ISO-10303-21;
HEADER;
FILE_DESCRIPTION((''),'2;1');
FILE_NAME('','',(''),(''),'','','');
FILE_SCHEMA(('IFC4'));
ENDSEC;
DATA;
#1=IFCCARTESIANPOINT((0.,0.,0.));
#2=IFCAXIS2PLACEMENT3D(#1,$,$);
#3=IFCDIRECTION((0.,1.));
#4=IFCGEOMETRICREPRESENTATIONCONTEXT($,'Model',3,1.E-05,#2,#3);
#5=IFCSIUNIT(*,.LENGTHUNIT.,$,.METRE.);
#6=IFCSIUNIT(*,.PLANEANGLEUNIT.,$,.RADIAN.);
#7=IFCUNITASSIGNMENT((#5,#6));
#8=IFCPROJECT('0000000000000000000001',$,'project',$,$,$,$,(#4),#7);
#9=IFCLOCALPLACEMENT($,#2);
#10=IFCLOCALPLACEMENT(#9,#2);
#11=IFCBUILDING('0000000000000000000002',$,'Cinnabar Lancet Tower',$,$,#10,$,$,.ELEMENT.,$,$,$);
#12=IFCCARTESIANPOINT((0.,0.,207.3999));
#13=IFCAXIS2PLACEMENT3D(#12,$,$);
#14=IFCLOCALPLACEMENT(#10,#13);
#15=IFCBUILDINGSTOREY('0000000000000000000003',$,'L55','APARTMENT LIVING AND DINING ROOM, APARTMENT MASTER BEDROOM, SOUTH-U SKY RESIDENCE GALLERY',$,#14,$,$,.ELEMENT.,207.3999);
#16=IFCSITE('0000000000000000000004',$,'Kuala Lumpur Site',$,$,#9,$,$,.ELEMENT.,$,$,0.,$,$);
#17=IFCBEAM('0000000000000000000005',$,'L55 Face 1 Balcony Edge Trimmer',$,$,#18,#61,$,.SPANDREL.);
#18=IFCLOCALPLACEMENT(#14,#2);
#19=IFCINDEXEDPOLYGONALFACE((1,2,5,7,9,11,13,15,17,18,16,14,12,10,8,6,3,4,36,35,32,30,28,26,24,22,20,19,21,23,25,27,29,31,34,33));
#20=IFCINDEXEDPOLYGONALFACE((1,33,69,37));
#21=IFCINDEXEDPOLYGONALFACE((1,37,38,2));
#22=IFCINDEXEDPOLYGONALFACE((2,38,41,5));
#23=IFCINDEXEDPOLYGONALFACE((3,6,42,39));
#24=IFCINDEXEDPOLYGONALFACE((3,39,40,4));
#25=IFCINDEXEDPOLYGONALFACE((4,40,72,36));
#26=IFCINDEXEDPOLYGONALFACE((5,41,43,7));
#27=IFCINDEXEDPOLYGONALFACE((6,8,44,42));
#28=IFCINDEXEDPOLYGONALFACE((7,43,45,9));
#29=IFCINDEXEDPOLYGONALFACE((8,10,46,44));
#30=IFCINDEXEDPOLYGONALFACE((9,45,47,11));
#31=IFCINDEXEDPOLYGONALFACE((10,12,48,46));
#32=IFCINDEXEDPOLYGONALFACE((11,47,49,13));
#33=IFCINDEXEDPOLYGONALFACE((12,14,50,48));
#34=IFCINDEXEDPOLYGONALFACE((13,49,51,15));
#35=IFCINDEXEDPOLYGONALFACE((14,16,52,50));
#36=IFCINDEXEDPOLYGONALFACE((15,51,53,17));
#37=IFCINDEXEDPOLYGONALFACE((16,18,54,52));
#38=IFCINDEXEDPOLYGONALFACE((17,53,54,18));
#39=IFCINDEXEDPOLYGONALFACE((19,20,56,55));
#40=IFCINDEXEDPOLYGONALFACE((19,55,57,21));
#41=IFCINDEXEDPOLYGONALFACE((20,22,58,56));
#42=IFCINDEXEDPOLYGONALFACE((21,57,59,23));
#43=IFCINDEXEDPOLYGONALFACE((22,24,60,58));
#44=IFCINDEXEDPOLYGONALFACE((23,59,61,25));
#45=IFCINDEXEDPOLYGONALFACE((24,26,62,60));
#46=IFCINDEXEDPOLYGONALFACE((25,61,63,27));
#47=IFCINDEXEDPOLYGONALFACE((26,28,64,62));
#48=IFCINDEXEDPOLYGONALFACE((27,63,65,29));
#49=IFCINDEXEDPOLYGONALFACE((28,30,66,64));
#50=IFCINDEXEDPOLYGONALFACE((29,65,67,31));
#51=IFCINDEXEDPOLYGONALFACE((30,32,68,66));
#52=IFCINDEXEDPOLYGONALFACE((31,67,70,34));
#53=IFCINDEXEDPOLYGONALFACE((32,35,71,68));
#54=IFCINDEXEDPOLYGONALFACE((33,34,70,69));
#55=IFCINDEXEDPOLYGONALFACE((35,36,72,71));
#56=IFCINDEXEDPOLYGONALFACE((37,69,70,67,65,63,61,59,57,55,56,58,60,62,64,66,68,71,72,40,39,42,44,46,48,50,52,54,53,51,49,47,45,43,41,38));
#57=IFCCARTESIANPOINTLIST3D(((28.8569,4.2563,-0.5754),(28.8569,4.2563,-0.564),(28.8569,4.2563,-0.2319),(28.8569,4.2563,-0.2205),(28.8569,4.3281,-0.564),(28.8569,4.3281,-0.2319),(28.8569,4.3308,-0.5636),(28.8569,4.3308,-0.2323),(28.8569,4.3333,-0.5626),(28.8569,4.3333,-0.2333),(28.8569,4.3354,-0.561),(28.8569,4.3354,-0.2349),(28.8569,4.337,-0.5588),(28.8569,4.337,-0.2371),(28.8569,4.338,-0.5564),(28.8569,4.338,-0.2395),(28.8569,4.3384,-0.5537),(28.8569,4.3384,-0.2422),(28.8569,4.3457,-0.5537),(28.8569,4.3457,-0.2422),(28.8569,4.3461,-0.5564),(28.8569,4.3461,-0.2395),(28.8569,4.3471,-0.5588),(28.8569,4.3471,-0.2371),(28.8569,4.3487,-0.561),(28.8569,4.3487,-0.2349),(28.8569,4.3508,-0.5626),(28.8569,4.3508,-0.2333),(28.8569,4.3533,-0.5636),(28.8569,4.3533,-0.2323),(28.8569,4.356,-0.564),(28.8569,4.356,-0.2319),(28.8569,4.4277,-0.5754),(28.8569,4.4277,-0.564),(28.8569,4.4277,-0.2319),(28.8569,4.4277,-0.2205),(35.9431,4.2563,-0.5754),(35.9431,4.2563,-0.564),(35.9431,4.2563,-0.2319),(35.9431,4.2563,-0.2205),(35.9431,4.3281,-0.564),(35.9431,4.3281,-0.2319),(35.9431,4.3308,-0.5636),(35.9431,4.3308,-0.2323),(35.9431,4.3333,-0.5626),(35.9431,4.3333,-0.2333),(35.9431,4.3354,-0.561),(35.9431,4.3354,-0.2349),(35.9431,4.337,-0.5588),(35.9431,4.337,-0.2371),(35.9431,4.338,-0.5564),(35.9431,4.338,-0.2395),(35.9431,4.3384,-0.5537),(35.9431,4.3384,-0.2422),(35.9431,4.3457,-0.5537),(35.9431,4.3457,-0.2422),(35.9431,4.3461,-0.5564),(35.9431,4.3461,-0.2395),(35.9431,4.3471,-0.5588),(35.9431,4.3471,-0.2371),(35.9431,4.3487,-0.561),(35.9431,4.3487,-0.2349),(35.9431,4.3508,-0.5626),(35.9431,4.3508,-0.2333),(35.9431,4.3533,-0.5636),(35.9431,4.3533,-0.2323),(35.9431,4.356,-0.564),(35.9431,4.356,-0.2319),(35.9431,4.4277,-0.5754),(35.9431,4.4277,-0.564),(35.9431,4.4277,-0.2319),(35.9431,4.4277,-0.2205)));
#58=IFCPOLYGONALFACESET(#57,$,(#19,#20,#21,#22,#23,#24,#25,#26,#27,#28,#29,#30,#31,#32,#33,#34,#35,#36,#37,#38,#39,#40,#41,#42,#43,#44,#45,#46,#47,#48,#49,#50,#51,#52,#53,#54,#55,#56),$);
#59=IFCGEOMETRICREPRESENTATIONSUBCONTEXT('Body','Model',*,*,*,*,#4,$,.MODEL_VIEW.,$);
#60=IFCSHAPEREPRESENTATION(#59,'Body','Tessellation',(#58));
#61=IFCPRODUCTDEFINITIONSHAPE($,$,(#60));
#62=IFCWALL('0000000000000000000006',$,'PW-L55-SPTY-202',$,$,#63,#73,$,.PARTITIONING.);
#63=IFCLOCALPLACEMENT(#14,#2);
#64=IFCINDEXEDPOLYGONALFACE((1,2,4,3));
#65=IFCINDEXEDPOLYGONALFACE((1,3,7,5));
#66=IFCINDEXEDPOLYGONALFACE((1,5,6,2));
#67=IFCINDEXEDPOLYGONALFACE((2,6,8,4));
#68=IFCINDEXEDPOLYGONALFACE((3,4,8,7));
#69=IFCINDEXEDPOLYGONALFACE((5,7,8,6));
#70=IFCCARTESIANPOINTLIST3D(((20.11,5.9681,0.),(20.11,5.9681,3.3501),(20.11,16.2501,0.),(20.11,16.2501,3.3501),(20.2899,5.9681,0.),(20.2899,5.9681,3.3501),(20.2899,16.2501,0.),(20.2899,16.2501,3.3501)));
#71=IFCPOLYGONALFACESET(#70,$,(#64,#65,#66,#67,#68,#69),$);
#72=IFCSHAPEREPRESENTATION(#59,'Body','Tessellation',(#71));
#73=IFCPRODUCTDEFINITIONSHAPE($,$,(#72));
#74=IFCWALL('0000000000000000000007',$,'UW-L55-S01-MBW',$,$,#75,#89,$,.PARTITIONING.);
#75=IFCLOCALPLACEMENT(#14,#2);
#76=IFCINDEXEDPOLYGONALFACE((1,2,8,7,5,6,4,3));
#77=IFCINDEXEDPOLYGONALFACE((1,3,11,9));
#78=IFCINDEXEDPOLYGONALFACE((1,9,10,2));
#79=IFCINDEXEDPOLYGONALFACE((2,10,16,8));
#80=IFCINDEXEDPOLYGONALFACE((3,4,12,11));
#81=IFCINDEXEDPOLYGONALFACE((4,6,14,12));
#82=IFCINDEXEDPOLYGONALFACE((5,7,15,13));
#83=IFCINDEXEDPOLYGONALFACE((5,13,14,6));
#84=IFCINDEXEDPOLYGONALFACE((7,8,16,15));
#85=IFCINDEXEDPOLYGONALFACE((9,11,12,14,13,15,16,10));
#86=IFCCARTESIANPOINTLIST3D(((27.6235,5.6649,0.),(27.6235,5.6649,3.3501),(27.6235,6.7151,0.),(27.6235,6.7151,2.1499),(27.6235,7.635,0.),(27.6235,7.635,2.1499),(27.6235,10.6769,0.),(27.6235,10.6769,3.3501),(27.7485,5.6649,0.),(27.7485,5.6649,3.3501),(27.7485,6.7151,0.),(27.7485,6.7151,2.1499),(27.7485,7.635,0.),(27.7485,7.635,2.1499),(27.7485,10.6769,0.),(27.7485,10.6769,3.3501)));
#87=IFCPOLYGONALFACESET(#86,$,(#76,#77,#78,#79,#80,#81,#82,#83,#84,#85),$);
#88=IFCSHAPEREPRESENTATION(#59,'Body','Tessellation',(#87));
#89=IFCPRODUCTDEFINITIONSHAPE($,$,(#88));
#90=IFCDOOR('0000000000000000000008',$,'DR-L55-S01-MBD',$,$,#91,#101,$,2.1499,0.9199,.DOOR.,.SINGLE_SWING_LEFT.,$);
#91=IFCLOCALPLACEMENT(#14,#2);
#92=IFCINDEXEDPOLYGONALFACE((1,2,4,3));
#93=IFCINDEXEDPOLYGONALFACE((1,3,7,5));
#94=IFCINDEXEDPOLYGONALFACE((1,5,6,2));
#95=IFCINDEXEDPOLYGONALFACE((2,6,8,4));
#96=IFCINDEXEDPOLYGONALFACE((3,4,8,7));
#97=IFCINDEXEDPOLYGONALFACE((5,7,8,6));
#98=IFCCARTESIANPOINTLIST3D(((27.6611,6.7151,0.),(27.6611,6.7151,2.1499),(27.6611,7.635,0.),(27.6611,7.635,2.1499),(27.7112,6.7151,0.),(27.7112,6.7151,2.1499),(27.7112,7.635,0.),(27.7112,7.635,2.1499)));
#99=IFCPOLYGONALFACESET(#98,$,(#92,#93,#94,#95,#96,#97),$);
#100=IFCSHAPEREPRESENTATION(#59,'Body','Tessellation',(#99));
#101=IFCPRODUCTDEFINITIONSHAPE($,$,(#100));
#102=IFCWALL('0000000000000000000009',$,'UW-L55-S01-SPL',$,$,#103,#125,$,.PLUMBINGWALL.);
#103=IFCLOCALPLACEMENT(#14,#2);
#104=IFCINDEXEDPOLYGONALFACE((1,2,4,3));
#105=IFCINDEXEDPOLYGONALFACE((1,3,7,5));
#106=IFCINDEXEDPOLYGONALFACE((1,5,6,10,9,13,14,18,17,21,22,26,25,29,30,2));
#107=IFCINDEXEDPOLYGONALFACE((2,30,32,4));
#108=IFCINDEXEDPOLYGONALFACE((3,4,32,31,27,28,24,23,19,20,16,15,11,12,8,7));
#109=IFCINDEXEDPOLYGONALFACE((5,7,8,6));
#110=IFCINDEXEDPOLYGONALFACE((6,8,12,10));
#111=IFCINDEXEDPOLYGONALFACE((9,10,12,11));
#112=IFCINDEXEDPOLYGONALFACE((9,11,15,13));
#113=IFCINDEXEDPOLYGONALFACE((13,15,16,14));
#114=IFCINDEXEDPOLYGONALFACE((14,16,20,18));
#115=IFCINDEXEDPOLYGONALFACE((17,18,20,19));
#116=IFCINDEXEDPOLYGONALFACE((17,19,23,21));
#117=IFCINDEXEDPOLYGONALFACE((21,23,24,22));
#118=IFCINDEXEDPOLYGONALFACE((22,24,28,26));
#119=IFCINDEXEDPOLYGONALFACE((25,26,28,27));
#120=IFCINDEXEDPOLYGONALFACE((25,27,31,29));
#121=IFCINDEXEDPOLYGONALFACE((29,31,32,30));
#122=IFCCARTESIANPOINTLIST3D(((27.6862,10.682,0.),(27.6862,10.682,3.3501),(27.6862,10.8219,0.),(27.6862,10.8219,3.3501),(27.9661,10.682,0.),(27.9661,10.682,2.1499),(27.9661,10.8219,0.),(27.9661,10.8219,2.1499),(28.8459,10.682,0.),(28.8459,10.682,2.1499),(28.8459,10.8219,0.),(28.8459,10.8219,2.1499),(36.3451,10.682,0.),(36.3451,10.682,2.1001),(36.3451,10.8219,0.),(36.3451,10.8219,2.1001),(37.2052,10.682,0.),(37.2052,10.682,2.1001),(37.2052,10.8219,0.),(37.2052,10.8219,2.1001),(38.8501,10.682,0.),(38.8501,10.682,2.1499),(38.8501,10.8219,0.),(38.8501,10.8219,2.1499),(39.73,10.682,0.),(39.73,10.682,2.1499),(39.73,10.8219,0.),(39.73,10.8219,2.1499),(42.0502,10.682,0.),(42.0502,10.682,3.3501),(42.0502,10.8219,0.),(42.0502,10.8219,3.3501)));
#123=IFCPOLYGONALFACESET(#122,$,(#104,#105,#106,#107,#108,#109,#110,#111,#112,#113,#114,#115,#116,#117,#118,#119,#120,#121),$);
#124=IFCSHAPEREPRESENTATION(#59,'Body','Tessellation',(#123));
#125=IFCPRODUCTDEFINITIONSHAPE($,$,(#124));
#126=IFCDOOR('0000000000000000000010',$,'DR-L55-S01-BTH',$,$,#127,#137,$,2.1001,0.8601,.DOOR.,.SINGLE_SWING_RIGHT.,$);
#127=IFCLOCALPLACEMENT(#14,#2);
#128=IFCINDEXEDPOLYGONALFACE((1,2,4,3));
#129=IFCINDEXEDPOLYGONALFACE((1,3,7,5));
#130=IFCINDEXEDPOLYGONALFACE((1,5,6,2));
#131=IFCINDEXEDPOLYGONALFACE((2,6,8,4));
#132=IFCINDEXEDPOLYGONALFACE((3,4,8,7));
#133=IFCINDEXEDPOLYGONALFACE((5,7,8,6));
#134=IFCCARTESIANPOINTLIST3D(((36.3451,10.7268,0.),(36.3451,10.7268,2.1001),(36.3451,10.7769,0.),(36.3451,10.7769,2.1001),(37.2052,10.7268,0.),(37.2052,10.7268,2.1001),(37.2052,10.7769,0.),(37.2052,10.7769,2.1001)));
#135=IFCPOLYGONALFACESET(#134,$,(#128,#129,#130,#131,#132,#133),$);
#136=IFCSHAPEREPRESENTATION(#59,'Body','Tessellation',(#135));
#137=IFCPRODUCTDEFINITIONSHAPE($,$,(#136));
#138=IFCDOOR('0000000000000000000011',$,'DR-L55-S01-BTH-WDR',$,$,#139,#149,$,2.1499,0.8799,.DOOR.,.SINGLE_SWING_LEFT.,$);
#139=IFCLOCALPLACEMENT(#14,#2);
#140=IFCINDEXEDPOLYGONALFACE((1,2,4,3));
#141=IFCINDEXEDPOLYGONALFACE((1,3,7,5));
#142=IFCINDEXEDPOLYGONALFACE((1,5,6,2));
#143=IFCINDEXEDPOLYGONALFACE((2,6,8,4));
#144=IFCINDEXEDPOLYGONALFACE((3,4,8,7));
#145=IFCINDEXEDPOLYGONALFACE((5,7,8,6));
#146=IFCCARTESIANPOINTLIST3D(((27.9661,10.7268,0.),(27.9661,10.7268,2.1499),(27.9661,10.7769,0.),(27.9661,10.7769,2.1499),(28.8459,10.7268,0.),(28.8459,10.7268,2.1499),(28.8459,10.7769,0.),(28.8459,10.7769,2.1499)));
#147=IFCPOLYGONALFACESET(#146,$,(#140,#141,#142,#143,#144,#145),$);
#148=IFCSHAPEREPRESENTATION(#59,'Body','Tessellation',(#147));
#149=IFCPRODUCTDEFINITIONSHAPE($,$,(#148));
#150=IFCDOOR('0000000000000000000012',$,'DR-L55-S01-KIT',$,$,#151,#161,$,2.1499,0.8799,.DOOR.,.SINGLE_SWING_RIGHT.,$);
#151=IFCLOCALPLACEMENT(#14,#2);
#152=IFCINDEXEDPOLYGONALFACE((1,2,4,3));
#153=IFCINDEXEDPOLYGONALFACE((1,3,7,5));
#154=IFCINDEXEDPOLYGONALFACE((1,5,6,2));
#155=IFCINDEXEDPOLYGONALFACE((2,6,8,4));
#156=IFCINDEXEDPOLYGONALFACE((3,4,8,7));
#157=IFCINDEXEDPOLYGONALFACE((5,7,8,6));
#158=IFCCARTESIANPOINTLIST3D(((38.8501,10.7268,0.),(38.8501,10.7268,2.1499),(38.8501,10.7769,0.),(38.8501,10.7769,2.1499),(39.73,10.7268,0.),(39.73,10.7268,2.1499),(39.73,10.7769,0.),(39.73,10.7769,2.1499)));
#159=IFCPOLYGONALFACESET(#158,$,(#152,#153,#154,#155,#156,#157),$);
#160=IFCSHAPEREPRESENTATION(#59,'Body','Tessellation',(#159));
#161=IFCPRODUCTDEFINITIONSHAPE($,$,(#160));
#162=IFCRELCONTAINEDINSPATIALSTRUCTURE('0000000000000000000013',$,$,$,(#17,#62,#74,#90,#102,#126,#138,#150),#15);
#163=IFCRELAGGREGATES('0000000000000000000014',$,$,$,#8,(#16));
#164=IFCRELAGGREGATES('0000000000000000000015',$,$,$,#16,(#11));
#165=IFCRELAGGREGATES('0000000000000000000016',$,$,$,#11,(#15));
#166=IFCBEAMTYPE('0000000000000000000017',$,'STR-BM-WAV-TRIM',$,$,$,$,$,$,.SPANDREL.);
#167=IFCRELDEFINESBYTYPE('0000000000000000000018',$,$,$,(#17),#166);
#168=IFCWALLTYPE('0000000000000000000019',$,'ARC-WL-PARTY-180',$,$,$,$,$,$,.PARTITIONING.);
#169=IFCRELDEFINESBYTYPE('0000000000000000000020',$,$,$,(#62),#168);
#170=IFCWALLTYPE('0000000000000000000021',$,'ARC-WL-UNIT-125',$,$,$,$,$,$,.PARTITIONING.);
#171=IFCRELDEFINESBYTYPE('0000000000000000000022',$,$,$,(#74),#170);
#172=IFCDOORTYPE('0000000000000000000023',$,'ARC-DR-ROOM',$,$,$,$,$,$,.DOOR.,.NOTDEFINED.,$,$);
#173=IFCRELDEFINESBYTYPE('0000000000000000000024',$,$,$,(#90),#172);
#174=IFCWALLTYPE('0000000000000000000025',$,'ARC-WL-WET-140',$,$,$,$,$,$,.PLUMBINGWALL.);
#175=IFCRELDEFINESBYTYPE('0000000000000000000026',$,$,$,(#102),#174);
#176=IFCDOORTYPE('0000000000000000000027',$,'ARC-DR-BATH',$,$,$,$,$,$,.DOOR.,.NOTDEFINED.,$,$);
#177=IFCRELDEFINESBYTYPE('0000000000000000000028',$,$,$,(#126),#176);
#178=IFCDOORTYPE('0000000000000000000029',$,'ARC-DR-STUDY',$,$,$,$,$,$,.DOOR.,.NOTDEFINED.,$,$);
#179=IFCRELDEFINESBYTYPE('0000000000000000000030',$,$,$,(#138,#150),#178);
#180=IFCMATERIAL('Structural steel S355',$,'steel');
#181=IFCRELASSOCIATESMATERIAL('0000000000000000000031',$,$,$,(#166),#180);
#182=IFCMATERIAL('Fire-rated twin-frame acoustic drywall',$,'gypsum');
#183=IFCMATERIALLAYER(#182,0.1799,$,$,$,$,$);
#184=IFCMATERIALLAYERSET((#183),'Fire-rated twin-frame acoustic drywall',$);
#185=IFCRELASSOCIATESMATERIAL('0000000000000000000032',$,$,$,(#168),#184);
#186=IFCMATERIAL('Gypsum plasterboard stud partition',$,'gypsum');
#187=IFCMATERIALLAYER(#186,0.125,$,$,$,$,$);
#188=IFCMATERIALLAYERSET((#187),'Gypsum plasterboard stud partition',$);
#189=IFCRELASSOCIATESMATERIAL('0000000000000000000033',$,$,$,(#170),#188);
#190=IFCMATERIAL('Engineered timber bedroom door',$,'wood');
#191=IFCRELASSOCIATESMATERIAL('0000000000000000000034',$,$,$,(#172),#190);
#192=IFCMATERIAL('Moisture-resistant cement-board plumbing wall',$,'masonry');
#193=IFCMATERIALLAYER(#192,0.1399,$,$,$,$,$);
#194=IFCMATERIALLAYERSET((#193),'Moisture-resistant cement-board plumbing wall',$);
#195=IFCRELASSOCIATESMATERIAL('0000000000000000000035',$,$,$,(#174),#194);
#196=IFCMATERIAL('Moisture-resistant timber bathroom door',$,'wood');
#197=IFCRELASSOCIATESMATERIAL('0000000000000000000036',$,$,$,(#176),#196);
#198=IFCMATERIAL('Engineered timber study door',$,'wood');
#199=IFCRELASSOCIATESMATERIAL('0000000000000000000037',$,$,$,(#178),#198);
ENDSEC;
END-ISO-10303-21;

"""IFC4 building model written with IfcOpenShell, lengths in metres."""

from ifc_helpers import new_model, si_unit, direction, frame, frame_2d, origin, origin_2d, place, context, subcontext, project, spatial, rectangle, i_section, extrude, material, layer, layer_set, material_profile, profile_set, type_object, element, fill, save


model = new_model("IFC4")

# Units and contexts
model_context = context("Model", 3, precision=1e-05, world=origin(), true_north=direction((0.0, 1.0)))
body_context = subcontext(model_context, "Body", "Model", "MODEL_VIEW")
ifc_project = project(units=[si_unit("LENGTHUNIT", "METRE"), si_unit("PLANEANGLEUNIT", "RADIAN")], contexts=[model_context])

# Site, building, storey
site_placement = place(None, origin())
site = spatial("IfcSite", under=ifc_project, at=site_placement, Name="Kuala Lumpur Site", CompositionType="ELEMENT", RefElevation=0.0)
building_placement = place(site_placement, origin())
building = spatial("IfcBuilding", under=site, at=building_placement, Name="Cinnabar Lancet Tower", CompositionType="ELEMENT")
storey_placement = place(building_placement, frame((0.0, 0.0, 207.3999)))
storey = spatial("IfcBuildingStorey", under=building, at=storey_placement, Name="L55", Description="APARTMENT LIVING AND DINING ROOM, APARTMENT MASTER BEDROOM, SOUTH-U SKY RESIDENCE GALLERY", CompositionType="ELEMENT", Elevation=207.3999)

# Beam
ifc_material_1 = material(Name="Structural steel S355", Category="steel")
ifc_material_profile_1 = material_profile(ifc_material_1, i_section(OverallWidth=0.1714, OverallDepth=0.355, WebThickness=0.0073, FlangeThickness=0.0115, FilletRadius=0.0103, at=origin_2d()), Name="UKB 356x171x51")
ifc_profile_set_1 = profile_set([ifc_material_profile_1], Name="Structural steel S355")
beam_type_1 = type_object("IfcBeamType", Name="STR-BM-WAV-TRIM", PredefinedType="SPANDREL", material=ifc_profile_set_1)
beam_1_placement = place(storey_placement, frame((28.8569, 4.342, -0.3979), z_axis=(1.0, 0.0, 0.0), x_axis=(0.0, 1.0, 0.0)))
element("IfcBeam", 1, at=beam_1_placement, inside=storey, type_object=beam_type_1, Name="L55 Face 1 Balcony Edge Trimmer", PredefinedType="SPANDREL", context=body_context, shape_type="SweptSolid", body=[
    extrude(i_section(OverallWidth=0.1714, OverallDepth=0.355, WebThickness=0.0073, FlangeThickness=0.0115, FilletRadius=0.0103, at=origin_2d()), origin(), (0.0, 0.0, 1.0), 7.0862),
])

# Wall
ifc_material_2 = material(Name="Fire-rated twin-frame acoustic drywall", Category="gypsum")
ifc_layer_1 = layer(ifc_material_2, 0.1799)
ifc_layer_set_1 = layer_set([ifc_layer_1], Name="Fire-rated twin-frame acoustic drywall")
wall_type_1 = type_object("IfcWallType", Name="ARC-WL-PARTY-180", PredefinedType="PARTITIONING", material=ifc_layer_set_1)
wall_1_placement = place(storey_placement, frame((20.2, 5.968, 0.0), z_axis=(0.0, 0.0, 1.0), x_axis=(0.0, 1.0, 0.0)))
element("IfcWall", 2, at=wall_1_placement, inside=storey, type_object=wall_type_1, Name="PW-L55-SPTY-202", PredefinedType="PARTITIONING", context=body_context, shape_type="SweptSolid", body=[
    extrude(rectangle(XDim=10.282, YDim=0.1799, at=frame_2d((5.1411, 0.0))), origin(), (0.0, 0.0, 1.0), 3.3501),
])

# Wall, opening, door
ifc_material_3 = material(Name="Gypsum plasterboard stud partition", Category="gypsum")
ifc_layer_2 = layer(ifc_material_3, 0.125)
ifc_layer_set_2 = layer_set([ifc_layer_2], Name="Gypsum plasterboard stud partition")
wall_type_2 = type_object("IfcWallType", Name="ARC-WL-UNIT-125", PredefinedType="PARTITIONING", material=ifc_layer_set_2)
wall_2_placement = place(storey_placement, frame((27.686, 5.665, 0.0), z_axis=(0.0, 0.0, 1.0), x_axis=(0.0, 1.0, 0.0)))
wall_2 = element("IfcWall", 3, at=wall_2_placement, inside=storey, type_object=wall_type_2, Name="UW-L55-S01-MBW", PredefinedType="PARTITIONING", context=body_context, shape_type="SweptSolid", body=[
    extrude(rectangle(XDim=5.012, YDim=0.125, at=frame_2d((2.5059, 0.0))), origin(), (0.0, 0.0, 1.0), 3.3501),
])
opening_1_placement = place(wall_2_placement, frame((1.05, 0.0, 0.0)))
opening_1 = element("IfcOpeningElement", 4, at=opening_1_placement, cuts=wall_2, PredefinedType="OPENING", context=body_context, shape_type="SweptSolid", body=[
    extrude(rectangle(XDim=0.9199, YDim=2.1499, at=frame_2d((0.46, 1.075))), frame((0.0, 0.0725, 0.0), z_axis=(0.0, -1.0, 0.0), x_axis=(1.0, 0.0, 0.0)), (0.0, 0.0, 1.0), 0.145),
])
ifc_material_4 = material(Name="Engineered timber bedroom door", Category="wood")
door_type_1 = type_object("IfcDoorType", Name="ARC-DR-ROOM", OperationType="NOTDEFINED", PredefinedType="DOOR", material=ifc_material_4)
door_1_placement = place(opening_1_placement, origin())
door_1 = element("IfcDoor", 5, at=door_1_placement, inside=storey, type_object=door_type_1, Name="DR-L55-S01-MBD", OperationType="SINGLE_SWING_LEFT", OverallHeight=2.1499, OverallWidth=0.9199, PredefinedType="DOOR", context=body_context, shape_type="SweptSolid", body=[
    extrude(rectangle(XDim=0.9199, YDim=2.1499, at=frame_2d((0.46, 1.075))), frame((0.0, 0.0249, 0.0), z_axis=(0.0, -1.0, 0.0), x_axis=(1.0, 0.0, 0.0)), (0.0, 0.0, 1.0), 0.05),
])
fill(opening_1, door_1)

# Wall, openings, doors
ifc_material_5 = material(Name="Moisture-resistant cement-board plumbing wall", Category="masonry")
ifc_layer_3 = layer(ifc_material_5, 0.1399)
ifc_layer_set_3 = layer_set([ifc_layer_3], Name="Moisture-resistant cement-board plumbing wall")
wall_type_3 = type_object("IfcWallType", Name="ARC-WL-WET-140", PredefinedType="PLUMBINGWALL", material=ifc_layer_set_3)
wall_3_placement = place(storey_placement, frame((27.686, 10.752, 0.0), z_axis=(0.0, 0.0, 1.0), x_axis=(1.0, 0.0, 0.0)))
wall_3 = element("IfcWall", 6, at=wall_3_placement, inside=storey, type_object=wall_type_3, Name="UW-L55-S01-SPL", PredefinedType="PLUMBINGWALL", context=body_context, shape_type="SweptSolid", body=[
    extrude(rectangle(XDim=14.364, YDim=0.1399, at=frame_2d((7.1821, 0.0))), origin(), (0.0, 0.0, 1.0), 3.3501),
])
opening_2_placement = place(wall_3_placement, frame((0.28, 0.0, 0.0)))
opening_2 = element("IfcOpeningElement", 7, at=opening_2_placement, cuts=wall_3, PredefinedType="OPENING", context=body_context, shape_type="SweptSolid", body=[
    extrude(rectangle(XDim=0.8799, YDim=2.1499, at=frame_2d((0.4399, 1.075))), frame((0.0, 0.0798, 0.0), z_axis=(0.0, -1.0, 0.0), x_axis=(1.0, 0.0, 0.0)), (0.0, 0.0, 1.0), 0.1599),
])
opening_3_placement = place(wall_3_placement, frame((8.6589, 0.0, 0.0)))
opening_3 = element("IfcOpeningElement", 8, at=opening_3_placement, cuts=wall_3, PredefinedType="OPENING", context=body_context, shape_type="SweptSolid", body=[
    extrude(rectangle(XDim=0.8601, YDim=2.1001, at=frame_2d((0.4302, 1.05))), frame((0.0, 0.0798, 0.0), z_axis=(0.0, -1.0, 0.0), x_axis=(1.0, 0.0, 0.0)), (0.0, 0.0, 1.0), 0.1599),
])
opening_4_placement = place(wall_3_placement, frame((11.1641, 0.0, 0.0)))
opening_4 = element("IfcOpeningElement", 9, at=opening_4_placement, cuts=wall_3, PredefinedType="OPENING", context=body_context, shape_type="SweptSolid", body=[
    extrude(rectangle(XDim=0.8799, YDim=2.1499, at=frame_2d((0.4399, 1.075))), frame((0.0, 0.0798, 0.0), z_axis=(0.0, -1.0, 0.0), x_axis=(1.0, 0.0, 0.0)), (0.0, 0.0, 1.0), 0.1599),
])
ifc_material_6 = material(Name="Moisture-resistant timber bathroom door", Category="wood")
door_type_2 = type_object("IfcDoorType", Name="ARC-DR-BATH", OperationType="NOTDEFINED", PredefinedType="DOOR", material=ifc_material_6)
door_2_placement = place(opening_3_placement, origin())
door_2 = element("IfcDoor", 10, at=door_2_placement, inside=storey, type_object=door_type_2, Name="DR-L55-S01-BTH", OperationType="SINGLE_SWING_RIGHT", OverallHeight=2.1001, OverallWidth=0.8601, PredefinedType="DOOR", context=body_context, shape_type="SweptSolid", body=[
    extrude(rectangle(XDim=0.8601, YDim=2.1001, at=frame_2d((0.4302, 1.05))), frame((0.0, 0.0249, 0.0), z_axis=(0.0, -1.0, 0.0), x_axis=(1.0, 0.0, 0.0)), (0.0, 0.0, 1.0), 0.05),
])
fill(opening_3, door_2)
ifc_material_7 = material(Name="Engineered timber study door", Category="wood")
door_type_3 = type_object("IfcDoorType", Name="ARC-DR-STUDY", OperationType="NOTDEFINED", PredefinedType="DOOR", material=ifc_material_7)
door_3_placement = place(opening_2_placement, origin())
door_3 = element("IfcDoor", 11, at=door_3_placement, inside=storey, type_object=door_type_3, Name="DR-L55-S01-BTH-WDR", OperationType="SINGLE_SWING_LEFT", OverallHeight=2.1499, OverallWidth=0.8799, PredefinedType="DOOR", context=body_context, shape_type="SweptSolid", body=[
    extrude(rectangle(XDim=0.8799, YDim=2.1499, at=frame_2d((0.4399, 1.075))), frame((0.0, 0.0249, 0.0), z_axis=(0.0, -1.0, 0.0), x_axis=(1.0, 0.0, 0.0)), (0.0, 0.0, 1.0), 0.05),
])
fill(opening_2, door_3)
door_4_placement = place(opening_4_placement, origin())
door_4 = element("IfcDoor", 12, at=door_4_placement, inside=storey, type_object=door_type_3, Name="DR-L55-S01-KIT", OperationType="SINGLE_SWING_RIGHT", OverallHeight=2.1499, OverallWidth=0.8799, PredefinedType="DOOR", context=body_context, shape_type="SweptSolid", body=[
    extrude(rectangle(XDim=0.8799, YDim=2.1499, at=frame_2d((0.4399, 1.075))), frame((0.0, 0.0249, 0.0), z_axis=(0.0, -1.0, 0.0), x_axis=(1.0, 0.0, 0.0)), (0.0, 0.0, 1.0), 0.05),
])
fill(opening_4, door_4)

save(model, "model.ifc")
